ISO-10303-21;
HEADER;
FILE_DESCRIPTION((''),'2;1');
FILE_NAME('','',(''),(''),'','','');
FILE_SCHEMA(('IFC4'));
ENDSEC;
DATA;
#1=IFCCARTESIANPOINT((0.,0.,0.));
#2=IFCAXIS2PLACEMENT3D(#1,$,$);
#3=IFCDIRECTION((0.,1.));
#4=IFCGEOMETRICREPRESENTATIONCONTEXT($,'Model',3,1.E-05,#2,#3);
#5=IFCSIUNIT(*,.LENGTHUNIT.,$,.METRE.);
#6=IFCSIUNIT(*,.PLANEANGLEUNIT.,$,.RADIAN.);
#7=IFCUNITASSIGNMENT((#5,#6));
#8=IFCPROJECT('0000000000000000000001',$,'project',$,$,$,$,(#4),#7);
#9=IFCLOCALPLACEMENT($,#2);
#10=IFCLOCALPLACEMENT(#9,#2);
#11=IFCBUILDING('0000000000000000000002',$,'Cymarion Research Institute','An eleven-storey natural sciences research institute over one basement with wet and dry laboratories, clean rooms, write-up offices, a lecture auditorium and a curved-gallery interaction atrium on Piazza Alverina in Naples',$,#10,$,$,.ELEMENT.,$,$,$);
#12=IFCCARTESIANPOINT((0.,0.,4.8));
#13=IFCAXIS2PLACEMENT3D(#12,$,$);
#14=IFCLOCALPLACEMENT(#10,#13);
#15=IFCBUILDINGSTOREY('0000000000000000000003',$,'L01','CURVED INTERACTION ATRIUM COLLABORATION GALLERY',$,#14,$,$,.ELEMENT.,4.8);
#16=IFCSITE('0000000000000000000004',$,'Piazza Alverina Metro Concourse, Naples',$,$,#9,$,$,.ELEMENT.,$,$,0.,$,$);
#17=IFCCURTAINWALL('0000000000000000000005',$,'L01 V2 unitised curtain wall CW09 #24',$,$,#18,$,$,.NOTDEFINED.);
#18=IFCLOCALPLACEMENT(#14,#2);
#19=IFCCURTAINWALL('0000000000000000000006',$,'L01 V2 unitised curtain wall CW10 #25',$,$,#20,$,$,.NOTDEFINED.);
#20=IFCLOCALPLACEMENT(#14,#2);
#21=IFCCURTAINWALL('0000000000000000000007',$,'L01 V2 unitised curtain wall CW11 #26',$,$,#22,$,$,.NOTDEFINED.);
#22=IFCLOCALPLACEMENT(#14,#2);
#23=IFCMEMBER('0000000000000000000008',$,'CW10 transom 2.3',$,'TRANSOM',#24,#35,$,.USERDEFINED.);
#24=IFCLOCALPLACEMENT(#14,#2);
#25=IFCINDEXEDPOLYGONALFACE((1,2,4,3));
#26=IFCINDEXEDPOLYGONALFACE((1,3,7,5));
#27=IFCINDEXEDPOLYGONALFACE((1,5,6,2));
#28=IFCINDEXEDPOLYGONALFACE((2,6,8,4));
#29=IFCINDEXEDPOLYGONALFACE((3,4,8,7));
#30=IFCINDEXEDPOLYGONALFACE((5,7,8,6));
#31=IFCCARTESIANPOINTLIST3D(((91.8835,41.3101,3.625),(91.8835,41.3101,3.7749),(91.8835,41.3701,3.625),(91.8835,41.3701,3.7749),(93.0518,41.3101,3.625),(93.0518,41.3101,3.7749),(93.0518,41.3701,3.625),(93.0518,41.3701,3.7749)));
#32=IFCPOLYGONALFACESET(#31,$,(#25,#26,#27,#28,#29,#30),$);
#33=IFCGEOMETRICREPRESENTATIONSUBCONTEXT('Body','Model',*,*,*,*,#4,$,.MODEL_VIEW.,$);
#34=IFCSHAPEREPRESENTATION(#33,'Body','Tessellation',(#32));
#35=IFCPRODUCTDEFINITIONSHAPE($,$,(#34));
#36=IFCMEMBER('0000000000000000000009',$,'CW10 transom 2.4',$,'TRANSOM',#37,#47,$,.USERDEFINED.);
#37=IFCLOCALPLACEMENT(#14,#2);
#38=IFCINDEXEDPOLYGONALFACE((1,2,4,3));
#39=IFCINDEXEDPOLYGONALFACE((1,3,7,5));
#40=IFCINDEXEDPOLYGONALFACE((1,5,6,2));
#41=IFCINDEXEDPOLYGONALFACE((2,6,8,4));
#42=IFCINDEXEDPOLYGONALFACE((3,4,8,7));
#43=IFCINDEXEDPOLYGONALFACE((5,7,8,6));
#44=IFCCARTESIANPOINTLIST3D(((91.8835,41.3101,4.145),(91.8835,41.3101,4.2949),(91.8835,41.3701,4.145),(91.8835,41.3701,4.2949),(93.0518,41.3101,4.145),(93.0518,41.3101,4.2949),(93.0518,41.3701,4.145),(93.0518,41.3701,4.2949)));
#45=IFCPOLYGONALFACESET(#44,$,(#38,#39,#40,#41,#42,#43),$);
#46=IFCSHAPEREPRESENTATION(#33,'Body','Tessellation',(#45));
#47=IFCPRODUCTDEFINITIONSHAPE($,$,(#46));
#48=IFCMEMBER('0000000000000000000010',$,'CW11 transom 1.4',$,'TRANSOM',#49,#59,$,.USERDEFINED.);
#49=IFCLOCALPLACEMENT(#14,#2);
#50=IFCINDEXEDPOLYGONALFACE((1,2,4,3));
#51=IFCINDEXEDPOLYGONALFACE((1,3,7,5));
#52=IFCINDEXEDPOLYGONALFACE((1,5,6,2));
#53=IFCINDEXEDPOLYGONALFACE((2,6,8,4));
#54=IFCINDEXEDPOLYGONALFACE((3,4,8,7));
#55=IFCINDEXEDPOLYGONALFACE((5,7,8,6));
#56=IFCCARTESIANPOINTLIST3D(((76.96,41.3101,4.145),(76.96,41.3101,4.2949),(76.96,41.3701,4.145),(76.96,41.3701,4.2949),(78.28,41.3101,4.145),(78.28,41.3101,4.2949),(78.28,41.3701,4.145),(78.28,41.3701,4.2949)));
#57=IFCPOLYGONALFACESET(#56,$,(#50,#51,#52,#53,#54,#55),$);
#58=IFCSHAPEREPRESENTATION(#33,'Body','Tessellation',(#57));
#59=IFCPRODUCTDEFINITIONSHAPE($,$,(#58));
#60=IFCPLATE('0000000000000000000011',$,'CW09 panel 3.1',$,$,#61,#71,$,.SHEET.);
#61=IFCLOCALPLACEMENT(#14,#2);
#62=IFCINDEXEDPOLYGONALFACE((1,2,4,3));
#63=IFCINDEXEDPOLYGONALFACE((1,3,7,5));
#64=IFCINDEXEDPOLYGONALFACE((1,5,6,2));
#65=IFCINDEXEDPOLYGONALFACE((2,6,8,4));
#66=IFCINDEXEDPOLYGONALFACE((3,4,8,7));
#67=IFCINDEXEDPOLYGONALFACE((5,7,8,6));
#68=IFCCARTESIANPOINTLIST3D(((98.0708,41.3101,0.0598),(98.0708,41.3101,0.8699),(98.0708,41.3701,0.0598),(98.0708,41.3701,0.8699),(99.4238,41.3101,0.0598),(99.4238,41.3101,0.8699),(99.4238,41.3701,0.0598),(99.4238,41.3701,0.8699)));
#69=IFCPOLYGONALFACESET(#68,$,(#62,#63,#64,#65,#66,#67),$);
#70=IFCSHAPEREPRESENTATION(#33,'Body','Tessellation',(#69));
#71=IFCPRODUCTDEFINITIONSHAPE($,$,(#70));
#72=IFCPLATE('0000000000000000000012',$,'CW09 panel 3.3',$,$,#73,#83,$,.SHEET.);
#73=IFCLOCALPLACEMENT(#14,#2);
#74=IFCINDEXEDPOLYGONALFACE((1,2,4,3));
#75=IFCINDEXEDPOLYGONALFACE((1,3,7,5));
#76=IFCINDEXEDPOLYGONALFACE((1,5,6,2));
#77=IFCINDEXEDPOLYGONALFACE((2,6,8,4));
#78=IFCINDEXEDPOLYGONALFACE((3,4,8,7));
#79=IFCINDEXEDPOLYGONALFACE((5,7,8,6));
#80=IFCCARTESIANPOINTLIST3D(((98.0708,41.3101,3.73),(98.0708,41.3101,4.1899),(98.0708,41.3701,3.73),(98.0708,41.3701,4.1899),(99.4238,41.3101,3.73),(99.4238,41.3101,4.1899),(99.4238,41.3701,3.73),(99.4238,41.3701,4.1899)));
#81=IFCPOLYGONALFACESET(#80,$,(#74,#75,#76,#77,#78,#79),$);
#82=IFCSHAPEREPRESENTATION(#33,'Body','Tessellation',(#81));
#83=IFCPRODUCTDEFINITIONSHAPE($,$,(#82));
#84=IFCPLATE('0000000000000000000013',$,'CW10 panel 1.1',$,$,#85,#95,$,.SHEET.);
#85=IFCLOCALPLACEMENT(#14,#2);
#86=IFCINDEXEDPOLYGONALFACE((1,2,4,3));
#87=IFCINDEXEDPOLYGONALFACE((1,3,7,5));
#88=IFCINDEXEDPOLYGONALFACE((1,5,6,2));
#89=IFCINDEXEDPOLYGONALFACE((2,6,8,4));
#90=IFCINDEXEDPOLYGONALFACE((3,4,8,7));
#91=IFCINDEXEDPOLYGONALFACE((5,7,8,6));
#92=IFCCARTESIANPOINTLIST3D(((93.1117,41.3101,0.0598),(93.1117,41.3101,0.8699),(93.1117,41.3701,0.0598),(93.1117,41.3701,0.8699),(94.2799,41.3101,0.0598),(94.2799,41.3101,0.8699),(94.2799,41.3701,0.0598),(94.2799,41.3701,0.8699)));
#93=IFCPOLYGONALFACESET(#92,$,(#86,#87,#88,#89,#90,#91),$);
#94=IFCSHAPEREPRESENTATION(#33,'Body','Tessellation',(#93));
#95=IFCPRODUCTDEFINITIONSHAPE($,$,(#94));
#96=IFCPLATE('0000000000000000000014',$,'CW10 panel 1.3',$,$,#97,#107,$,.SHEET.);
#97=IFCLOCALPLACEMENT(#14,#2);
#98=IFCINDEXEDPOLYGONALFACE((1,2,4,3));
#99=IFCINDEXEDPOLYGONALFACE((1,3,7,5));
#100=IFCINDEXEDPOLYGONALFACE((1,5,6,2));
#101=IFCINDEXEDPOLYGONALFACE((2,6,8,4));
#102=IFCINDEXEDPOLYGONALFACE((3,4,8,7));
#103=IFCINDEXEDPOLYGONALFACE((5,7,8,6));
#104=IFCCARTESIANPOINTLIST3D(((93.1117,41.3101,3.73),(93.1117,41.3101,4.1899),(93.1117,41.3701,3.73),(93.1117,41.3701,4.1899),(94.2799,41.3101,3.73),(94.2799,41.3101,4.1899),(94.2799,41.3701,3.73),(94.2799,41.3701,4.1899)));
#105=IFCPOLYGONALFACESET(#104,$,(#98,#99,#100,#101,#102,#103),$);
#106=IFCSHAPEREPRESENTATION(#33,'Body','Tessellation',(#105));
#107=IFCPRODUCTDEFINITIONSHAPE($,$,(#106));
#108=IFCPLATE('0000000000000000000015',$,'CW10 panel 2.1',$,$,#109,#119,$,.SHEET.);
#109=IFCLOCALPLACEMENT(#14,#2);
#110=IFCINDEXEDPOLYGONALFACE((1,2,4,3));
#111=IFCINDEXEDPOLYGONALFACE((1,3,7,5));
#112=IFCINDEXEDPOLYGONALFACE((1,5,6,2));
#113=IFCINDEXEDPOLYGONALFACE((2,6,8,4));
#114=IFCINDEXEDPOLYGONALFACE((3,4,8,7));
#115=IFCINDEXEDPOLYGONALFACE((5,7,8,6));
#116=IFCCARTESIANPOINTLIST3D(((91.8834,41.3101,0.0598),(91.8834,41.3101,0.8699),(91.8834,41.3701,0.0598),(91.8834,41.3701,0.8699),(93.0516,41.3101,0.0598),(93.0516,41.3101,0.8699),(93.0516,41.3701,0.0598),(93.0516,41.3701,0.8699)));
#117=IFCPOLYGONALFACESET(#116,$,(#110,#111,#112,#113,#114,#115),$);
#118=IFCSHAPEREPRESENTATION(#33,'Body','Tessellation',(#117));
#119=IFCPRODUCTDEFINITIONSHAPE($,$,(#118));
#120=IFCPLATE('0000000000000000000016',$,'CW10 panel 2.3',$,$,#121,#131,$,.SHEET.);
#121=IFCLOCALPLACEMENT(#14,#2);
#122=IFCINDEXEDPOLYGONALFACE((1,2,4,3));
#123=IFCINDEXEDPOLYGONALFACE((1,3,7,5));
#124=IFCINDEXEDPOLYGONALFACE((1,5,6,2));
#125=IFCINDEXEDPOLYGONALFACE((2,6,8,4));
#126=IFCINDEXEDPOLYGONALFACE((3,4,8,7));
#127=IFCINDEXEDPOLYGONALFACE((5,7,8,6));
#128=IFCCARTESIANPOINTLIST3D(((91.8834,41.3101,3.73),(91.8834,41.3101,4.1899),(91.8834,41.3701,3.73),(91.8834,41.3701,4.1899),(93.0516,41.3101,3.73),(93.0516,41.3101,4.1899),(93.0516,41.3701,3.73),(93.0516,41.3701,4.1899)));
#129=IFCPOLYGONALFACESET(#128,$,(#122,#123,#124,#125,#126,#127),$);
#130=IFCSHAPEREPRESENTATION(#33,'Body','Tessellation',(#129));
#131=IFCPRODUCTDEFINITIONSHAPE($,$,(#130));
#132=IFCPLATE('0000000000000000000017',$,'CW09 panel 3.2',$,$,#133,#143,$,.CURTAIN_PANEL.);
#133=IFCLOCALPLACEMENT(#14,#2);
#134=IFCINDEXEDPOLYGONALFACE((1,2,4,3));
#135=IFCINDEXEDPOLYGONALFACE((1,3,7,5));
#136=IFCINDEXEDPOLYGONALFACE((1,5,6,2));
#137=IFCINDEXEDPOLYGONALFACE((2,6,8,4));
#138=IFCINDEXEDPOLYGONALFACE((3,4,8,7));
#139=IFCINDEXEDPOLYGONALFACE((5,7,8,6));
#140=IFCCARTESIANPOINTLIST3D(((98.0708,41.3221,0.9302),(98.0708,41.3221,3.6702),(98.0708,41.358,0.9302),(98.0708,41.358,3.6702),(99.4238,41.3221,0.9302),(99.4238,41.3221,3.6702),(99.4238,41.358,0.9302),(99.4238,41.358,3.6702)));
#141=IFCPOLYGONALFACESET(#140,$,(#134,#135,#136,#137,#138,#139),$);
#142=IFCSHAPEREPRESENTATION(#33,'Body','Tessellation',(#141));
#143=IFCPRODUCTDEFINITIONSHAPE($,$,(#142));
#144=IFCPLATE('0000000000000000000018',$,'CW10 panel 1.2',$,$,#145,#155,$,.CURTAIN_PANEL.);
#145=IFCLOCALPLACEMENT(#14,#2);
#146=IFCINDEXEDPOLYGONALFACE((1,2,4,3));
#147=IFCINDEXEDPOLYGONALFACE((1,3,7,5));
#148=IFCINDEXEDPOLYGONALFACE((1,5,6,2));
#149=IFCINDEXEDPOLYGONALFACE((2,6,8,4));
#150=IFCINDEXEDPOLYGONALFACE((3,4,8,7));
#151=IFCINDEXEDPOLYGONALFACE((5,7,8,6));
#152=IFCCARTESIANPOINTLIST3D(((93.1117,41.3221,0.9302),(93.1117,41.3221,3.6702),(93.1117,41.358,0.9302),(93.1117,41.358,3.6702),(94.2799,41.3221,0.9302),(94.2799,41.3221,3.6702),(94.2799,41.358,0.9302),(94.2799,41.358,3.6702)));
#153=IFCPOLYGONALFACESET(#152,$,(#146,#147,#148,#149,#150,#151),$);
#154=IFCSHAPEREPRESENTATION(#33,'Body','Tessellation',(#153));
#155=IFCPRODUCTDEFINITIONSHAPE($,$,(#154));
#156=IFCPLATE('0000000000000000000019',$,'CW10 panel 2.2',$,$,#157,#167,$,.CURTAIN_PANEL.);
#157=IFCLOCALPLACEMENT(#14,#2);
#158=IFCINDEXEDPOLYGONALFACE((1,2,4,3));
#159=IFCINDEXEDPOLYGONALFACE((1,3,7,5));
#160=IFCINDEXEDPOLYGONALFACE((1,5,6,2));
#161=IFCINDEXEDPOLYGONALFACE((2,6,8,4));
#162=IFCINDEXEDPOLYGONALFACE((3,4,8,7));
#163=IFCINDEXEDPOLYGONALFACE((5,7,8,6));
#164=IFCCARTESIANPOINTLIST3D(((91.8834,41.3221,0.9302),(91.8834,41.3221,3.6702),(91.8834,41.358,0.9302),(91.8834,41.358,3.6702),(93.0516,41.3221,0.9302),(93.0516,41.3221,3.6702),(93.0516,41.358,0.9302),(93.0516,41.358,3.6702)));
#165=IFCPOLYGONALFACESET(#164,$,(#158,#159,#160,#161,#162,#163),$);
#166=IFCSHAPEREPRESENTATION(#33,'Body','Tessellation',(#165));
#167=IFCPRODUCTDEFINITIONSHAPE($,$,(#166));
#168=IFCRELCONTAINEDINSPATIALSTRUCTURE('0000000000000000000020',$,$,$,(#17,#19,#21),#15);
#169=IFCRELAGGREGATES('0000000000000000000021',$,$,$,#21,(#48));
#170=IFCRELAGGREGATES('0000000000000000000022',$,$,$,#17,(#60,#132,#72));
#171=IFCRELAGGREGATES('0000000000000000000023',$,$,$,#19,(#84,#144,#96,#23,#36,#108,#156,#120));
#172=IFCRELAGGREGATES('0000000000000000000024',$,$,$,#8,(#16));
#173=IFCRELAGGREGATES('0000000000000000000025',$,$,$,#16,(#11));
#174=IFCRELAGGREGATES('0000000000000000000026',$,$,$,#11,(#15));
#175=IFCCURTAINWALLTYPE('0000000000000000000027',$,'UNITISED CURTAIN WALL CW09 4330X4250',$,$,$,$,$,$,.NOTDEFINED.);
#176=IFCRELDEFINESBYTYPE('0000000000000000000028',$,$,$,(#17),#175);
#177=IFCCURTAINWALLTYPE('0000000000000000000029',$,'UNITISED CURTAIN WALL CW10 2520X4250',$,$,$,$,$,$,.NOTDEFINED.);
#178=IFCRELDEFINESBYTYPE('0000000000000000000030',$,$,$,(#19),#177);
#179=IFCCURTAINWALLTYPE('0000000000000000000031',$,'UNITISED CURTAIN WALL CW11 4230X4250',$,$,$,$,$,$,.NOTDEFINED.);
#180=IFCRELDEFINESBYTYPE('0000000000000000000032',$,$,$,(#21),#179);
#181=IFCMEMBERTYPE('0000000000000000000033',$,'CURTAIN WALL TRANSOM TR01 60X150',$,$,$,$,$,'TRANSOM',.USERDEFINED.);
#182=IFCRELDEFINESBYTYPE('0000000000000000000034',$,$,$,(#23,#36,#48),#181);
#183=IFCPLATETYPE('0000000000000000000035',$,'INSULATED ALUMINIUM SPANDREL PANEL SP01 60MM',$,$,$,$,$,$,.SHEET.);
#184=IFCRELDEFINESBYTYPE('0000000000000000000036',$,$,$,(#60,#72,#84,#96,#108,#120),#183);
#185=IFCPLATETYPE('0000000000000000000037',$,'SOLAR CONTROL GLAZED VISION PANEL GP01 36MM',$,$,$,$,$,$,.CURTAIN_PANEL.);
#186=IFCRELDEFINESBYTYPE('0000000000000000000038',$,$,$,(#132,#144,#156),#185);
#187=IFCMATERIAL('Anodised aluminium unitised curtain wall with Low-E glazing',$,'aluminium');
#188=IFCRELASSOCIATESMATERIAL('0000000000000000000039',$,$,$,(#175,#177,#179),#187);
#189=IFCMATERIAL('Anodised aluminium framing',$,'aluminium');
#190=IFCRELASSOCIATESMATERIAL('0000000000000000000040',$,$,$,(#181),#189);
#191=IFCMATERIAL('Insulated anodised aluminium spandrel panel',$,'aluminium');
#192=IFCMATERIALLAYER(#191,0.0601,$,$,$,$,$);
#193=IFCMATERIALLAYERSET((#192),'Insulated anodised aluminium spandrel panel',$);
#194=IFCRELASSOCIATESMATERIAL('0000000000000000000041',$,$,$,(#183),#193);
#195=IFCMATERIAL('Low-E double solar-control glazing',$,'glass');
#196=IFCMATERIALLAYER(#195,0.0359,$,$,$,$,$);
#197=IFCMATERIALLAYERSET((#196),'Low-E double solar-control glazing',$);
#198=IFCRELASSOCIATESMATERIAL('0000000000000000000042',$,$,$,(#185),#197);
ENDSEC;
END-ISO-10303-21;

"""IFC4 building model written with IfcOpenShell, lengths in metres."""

from ifc_helpers import new_model, si_unit, direction, frame, origin, origin_2d, place, context, subcontext, project, spatial, rectangle, extrude, material, layer, layer_set, material_profile, profile_set, type_object, element, aggregate, save


model = new_model("IFC4")

# Units and contexts
model_context = context("Model", 3, precision=1e-05, world=origin(), true_north=direction((0.0, 1.0)))
body_context = subcontext(model_context, "Body", "Model", "MODEL_VIEW")
ifc_project = project(units=[si_unit("LENGTHUNIT", "METRE"), si_unit("PLANEANGLEUNIT", "RADIAN")], contexts=[model_context])

# Site, building, storey
site_placement = place(None, origin())
site = spatial("IfcSite", under=ifc_project, at=site_placement, Name="Piazza Alverina Metro Concourse, Naples", CompositionType="ELEMENT", RefElevation=0.0)
building_placement = place(site_placement, origin())
building = spatial("IfcBuilding", under=site, at=building_placement, Name="Cymarion Research Institute", Description="An eleven-storey natural sciences research institute over one basement with wet and dry laboratories, clean rooms, write-up offices, a lecture auditorium and a curved-gallery interaction atrium on Piazza Alverina in Naples", CompositionType="ELEMENT")
storey_placement = place(building_placement, frame((0.0, 0.0, 4.8)))
storey = spatial("IfcBuildingStorey", under=building, at=storey_placement, Name="L01", Description="CURVED INTERACTION ATRIUM COLLABORATION GALLERY", CompositionType="ELEMENT", Elevation=4.8)

# Curtain wall
ifc_material_1 = material(Name="Anodised aluminium unitised curtain wall with Low-E glazing", Category="aluminium")
curtain_wall_type_1 = type_object("IfcCurtainWallType", Name="UNITISED CURTAIN WALL CW09 4330X4250", PredefinedType="NOTDEFINED", material=ifc_material_1)
curtain_wall_1_placement = place(storey_placement, origin())
curtain_wall_1 = element("IfcCurtainWall", 1, at=curtain_wall_1_placement, inside=storey, type_object=curtain_wall_type_1, Name="L01 V2 unitised curtain wall CW09 #24", PredefinedType="NOTDEFINED")
ifc_material_2 = material(Name="Anodised aluminium framing", Category="aluminium")

# Curtain wall
curtain_wall_type_2 = type_object("IfcCurtainWallType", Name="UNITISED CURTAIN WALL CW10 2520X4250", PredefinedType="NOTDEFINED", material=ifc_material_1)
curtain_wall_2_placement = place(storey_placement, origin())
curtain_wall_2 = element("IfcCurtainWall", 2, at=curtain_wall_2_placement, inside=storey, type_object=curtain_wall_type_2, Name="L01 V2 unitised curtain wall CW10 #25", PredefinedType="NOTDEFINED")

# Curtain wall
curtain_wall_type_3 = type_object("IfcCurtainWallType", Name="UNITISED CURTAIN WALL CW11 4230X4250", PredefinedType="NOTDEFINED", material=ifc_material_1)
curtain_wall_3_placement = place(storey_placement, origin())
curtain_wall_3 = element("IfcCurtainWall", 3, at=curtain_wall_3_placement, inside=storey, type_object=curtain_wall_type_3, Name="L01 V2 unitised curtain wall CW11 #26", PredefinedType="NOTDEFINED")

# Members
ifc_material_profile_1 = material_profile(ifc_material_2, rectangle(XDim=0.0601, YDim=0.1499, at=origin_2d()), Name="ALU TRANSOM 60x150")
ifc_profile_set_1 = profile_set([ifc_material_profile_1], Name="Anodised aluminium framing")
member_type_1 = type_object("IfcMemberType", Name="CURTAIN WALL TRANSOM TR01 60X150", ElementType="TRANSOM", PredefinedType="USERDEFINED", material=ifc_profile_set_1)
member_1_placement = place(storey_placement, frame((93.0518, 41.3401, 3.7), z_axis=(-1.0, 0.0, 0.0), x_axis=(0.0, -1.0, 0.0)))
member_1 = element("IfcMember", 4, at=member_1_placement, type_object=member_type_1, Name="CW10 transom 2.3", ObjectType="TRANSOM", PredefinedType="USERDEFINED", context=body_context, shape_type="SweptSolid", body=[
    extrude(rectangle(XDim=0.0601, YDim=0.1499, at=origin_2d()), origin(), (0.0, 0.0, 1.0), 1.1682),
])
member_2_placement = place(storey_placement, frame((93.0518, 41.3401, 4.22), z_axis=(-1.0, 0.0, 0.0), x_axis=(0.0, -1.0, 0.0)))
member_2 = element("IfcMember", 5, at=member_2_placement, type_object=member_type_1, Name="CW10 transom 2.4", ObjectType="TRANSOM", PredefinedType="USERDEFINED", context=body_context, shape_type="SweptSolid", body=[
    extrude(rectangle(XDim=0.0601, YDim=0.1499, at=origin_2d()), origin(), (0.0, 0.0, 1.0), 1.1682),
])
member_3_placement = place(storey_placement, frame((78.28, 41.3401, 4.22), z_axis=(-1.0, 0.0, 0.0), x_axis=(0.0, -1.0, 0.0)))
member_3 = element("IfcMember", 6, at=member_3_placement, type_object=member_type_1, Name="CW11 transom 1.4", ObjectType="TRANSOM", PredefinedType="USERDEFINED", context=body_context, shape_type="SweptSolid", body=[
    extrude(rectangle(XDim=0.0601, YDim=0.1499, at=origin_2d()), origin(), (0.0, 0.0, 1.0), 1.3201),
])
aggregate(curtain_wall_3, [member_3])

# Plates
ifc_material_3 = material(Name="Insulated anodised aluminium spandrel panel", Category="aluminium")
ifc_layer_1 = layer(ifc_material_3, 0.0601)
ifc_layer_set_1 = layer_set([ifc_layer_1], Name="Insulated anodised aluminium spandrel panel")
plate_type_1 = type_object("IfcPlateType", Name="INSULATED ALUMINIUM SPANDREL PANEL SP01 60MM", PredefinedType="SHEET", material=ifc_layer_set_1)
plate_1_placement = place(storey_placement, frame((98.7473, 41.3401, 0.0598), z_axis=(0.0, 0.0, 1.0), x_axis=(-1.0, 0.0, 0.0)))
plate_1 = element("IfcPlate", 7, at=plate_1_placement, type_object=plate_type_1, Name="CW09 panel 3.1", PredefinedType="SHEET", context=body_context, shape_type="SweptSolid", body=[
    extrude(rectangle(XDim=1.353, YDim=0.0601, at=origin_2d()), origin(), (0.0, 0.0, 1.0), 0.8101),
])
plate_2_placement = place(storey_placement, frame((98.7473, 41.3401, 3.73), z_axis=(0.0, 0.0, 1.0), x_axis=(-1.0, 0.0, 0.0)))
plate_2 = element("IfcPlate", 8, at=plate_2_placement, type_object=plate_type_1, Name="CW09 panel 3.3", PredefinedType="SHEET", context=body_context, shape_type="SweptSolid", body=[
    extrude(rectangle(XDim=1.353, YDim=0.0601, at=origin_2d()), origin(), (0.0, 0.0, 1.0), 0.46),
])
plate_3_placement = place(storey_placement, frame((93.6958, 41.3401, 0.0598), z_axis=(0.0, 0.0, 1.0), x_axis=(-1.0, 0.0, 0.0)))
plate_3 = element("IfcPlate", 9, at=plate_3_placement, type_object=plate_type_1, Name="CW10 panel 1.1", PredefinedType="SHEET", context=body_context, shape_type="SweptSolid", body=[
    extrude(rectangle(XDim=1.1682, YDim=0.0601, at=origin_2d()), origin(), (0.0, 0.0, 1.0), 0.8101),
])
plate_4_placement = place(storey_placement, frame((93.6958, 41.3401, 3.73), z_axis=(0.0, 0.0, 1.0), x_axis=(-1.0, 0.0, 0.0)))
plate_4 = element("IfcPlate", 10, at=plate_4_placement, type_object=plate_type_1, Name="CW10 panel 1.3", PredefinedType="SHEET", context=body_context, shape_type="SweptSolid", body=[
    extrude(rectangle(XDim=1.1682, YDim=0.0601, at=origin_2d()), origin(), (0.0, 0.0, 1.0), 0.46),
])
plate_5_placement = place(storey_placement, frame((92.4675, 41.3401, 0.0598), z_axis=(0.0, 0.0, 1.0), x_axis=(-1.0, 0.0, 0.0)))
plate_5 = element("IfcPlate", 11, at=plate_5_placement, type_object=plate_type_1, Name="CW10 panel 2.1", PredefinedType="SHEET", context=body_context, shape_type="SweptSolid", body=[
    extrude(rectangle(XDim=1.1682, YDim=0.0601, at=origin_2d()), origin(), (0.0, 0.0, 1.0), 0.8101),
])
plate_6_placement = place(storey_placement, frame((92.4675, 41.3401, 3.73), z_axis=(0.0, 0.0, 1.0), x_axis=(-1.0, 0.0, 0.0)))
plate_6 = element("IfcPlate", 12, at=plate_6_placement, type_object=plate_type_1, Name="CW10 panel 2.3", PredefinedType="SHEET", context=body_context, shape_type="SweptSolid", body=[
    extrude(rectangle(XDim=1.1682, YDim=0.0601, at=origin_2d()), origin(), (0.0, 0.0, 1.0), 0.46),
])
ifc_material_4 = material(Name="Low-E double solar-control glazing", Category="glass")
ifc_layer_2 = layer(ifc_material_4, 0.0359)
ifc_layer_set_2 = layer_set([ifc_layer_2], Name="Low-E double solar-control glazing")
plate_type_2 = type_object("IfcPlateType", Name="SOLAR CONTROL GLAZED VISION PANEL GP01 36MM", PredefinedType="CURTAIN_PANEL", material=ifc_layer_set_2)
plate_7_placement = place(storey_placement, frame((98.7473, 41.3401, 0.9302), z_axis=(0.0, 0.0, 1.0), x_axis=(-1.0, 0.0, 0.0)))
plate_7 = element("IfcPlate", 13, at=plate_7_placement, type_object=plate_type_2, Name="CW09 panel 3.2", PredefinedType="CURTAIN_PANEL", context=body_context, shape_type="SweptSolid", body=[
    extrude(rectangle(XDim=1.353, YDim=0.0359, at=origin_2d()), origin(), (0.0, 0.0, 1.0), 2.74),
])
aggregate(curtain_wall_1, [plate_1, plate_7, plate_2])
plate_8_placement = place(storey_placement, frame((93.6958, 41.3401, 0.9302), z_axis=(0.0, 0.0, 1.0), x_axis=(-1.0, 0.0, 0.0)))
plate_8 = element("IfcPlate", 14, at=plate_8_placement, type_object=plate_type_2, Name="CW10 panel 1.2", PredefinedType="CURTAIN_PANEL", context=body_context, shape_type="SweptSolid", body=[
    extrude(rectangle(XDim=1.1682, YDim=0.0359, at=origin_2d()), origin(), (0.0, 0.0, 1.0), 2.74),
])
plate_9_placement = place(storey_placement, frame((92.4675, 41.3401, 0.9302), z_axis=(0.0, 0.0, 1.0), x_axis=(-1.0, 0.0, 0.0)))
plate_9 = element("IfcPlate", 15, at=plate_9_placement, type_object=plate_type_2, Name="CW10 panel 2.2", PredefinedType="CURTAIN_PANEL", context=body_context, shape_type="SweptSolid", body=[
    extrude(rectangle(XDim=1.1682, YDim=0.0359, at=origin_2d()), origin(), (0.0, 0.0, 1.0), 2.74),
])
aggregate(curtain_wall_2, [plate_3, plate_8, plate_4, member_1, member_2, plate_5, plate_9, plate_6])

save(model, "model.ifc")
